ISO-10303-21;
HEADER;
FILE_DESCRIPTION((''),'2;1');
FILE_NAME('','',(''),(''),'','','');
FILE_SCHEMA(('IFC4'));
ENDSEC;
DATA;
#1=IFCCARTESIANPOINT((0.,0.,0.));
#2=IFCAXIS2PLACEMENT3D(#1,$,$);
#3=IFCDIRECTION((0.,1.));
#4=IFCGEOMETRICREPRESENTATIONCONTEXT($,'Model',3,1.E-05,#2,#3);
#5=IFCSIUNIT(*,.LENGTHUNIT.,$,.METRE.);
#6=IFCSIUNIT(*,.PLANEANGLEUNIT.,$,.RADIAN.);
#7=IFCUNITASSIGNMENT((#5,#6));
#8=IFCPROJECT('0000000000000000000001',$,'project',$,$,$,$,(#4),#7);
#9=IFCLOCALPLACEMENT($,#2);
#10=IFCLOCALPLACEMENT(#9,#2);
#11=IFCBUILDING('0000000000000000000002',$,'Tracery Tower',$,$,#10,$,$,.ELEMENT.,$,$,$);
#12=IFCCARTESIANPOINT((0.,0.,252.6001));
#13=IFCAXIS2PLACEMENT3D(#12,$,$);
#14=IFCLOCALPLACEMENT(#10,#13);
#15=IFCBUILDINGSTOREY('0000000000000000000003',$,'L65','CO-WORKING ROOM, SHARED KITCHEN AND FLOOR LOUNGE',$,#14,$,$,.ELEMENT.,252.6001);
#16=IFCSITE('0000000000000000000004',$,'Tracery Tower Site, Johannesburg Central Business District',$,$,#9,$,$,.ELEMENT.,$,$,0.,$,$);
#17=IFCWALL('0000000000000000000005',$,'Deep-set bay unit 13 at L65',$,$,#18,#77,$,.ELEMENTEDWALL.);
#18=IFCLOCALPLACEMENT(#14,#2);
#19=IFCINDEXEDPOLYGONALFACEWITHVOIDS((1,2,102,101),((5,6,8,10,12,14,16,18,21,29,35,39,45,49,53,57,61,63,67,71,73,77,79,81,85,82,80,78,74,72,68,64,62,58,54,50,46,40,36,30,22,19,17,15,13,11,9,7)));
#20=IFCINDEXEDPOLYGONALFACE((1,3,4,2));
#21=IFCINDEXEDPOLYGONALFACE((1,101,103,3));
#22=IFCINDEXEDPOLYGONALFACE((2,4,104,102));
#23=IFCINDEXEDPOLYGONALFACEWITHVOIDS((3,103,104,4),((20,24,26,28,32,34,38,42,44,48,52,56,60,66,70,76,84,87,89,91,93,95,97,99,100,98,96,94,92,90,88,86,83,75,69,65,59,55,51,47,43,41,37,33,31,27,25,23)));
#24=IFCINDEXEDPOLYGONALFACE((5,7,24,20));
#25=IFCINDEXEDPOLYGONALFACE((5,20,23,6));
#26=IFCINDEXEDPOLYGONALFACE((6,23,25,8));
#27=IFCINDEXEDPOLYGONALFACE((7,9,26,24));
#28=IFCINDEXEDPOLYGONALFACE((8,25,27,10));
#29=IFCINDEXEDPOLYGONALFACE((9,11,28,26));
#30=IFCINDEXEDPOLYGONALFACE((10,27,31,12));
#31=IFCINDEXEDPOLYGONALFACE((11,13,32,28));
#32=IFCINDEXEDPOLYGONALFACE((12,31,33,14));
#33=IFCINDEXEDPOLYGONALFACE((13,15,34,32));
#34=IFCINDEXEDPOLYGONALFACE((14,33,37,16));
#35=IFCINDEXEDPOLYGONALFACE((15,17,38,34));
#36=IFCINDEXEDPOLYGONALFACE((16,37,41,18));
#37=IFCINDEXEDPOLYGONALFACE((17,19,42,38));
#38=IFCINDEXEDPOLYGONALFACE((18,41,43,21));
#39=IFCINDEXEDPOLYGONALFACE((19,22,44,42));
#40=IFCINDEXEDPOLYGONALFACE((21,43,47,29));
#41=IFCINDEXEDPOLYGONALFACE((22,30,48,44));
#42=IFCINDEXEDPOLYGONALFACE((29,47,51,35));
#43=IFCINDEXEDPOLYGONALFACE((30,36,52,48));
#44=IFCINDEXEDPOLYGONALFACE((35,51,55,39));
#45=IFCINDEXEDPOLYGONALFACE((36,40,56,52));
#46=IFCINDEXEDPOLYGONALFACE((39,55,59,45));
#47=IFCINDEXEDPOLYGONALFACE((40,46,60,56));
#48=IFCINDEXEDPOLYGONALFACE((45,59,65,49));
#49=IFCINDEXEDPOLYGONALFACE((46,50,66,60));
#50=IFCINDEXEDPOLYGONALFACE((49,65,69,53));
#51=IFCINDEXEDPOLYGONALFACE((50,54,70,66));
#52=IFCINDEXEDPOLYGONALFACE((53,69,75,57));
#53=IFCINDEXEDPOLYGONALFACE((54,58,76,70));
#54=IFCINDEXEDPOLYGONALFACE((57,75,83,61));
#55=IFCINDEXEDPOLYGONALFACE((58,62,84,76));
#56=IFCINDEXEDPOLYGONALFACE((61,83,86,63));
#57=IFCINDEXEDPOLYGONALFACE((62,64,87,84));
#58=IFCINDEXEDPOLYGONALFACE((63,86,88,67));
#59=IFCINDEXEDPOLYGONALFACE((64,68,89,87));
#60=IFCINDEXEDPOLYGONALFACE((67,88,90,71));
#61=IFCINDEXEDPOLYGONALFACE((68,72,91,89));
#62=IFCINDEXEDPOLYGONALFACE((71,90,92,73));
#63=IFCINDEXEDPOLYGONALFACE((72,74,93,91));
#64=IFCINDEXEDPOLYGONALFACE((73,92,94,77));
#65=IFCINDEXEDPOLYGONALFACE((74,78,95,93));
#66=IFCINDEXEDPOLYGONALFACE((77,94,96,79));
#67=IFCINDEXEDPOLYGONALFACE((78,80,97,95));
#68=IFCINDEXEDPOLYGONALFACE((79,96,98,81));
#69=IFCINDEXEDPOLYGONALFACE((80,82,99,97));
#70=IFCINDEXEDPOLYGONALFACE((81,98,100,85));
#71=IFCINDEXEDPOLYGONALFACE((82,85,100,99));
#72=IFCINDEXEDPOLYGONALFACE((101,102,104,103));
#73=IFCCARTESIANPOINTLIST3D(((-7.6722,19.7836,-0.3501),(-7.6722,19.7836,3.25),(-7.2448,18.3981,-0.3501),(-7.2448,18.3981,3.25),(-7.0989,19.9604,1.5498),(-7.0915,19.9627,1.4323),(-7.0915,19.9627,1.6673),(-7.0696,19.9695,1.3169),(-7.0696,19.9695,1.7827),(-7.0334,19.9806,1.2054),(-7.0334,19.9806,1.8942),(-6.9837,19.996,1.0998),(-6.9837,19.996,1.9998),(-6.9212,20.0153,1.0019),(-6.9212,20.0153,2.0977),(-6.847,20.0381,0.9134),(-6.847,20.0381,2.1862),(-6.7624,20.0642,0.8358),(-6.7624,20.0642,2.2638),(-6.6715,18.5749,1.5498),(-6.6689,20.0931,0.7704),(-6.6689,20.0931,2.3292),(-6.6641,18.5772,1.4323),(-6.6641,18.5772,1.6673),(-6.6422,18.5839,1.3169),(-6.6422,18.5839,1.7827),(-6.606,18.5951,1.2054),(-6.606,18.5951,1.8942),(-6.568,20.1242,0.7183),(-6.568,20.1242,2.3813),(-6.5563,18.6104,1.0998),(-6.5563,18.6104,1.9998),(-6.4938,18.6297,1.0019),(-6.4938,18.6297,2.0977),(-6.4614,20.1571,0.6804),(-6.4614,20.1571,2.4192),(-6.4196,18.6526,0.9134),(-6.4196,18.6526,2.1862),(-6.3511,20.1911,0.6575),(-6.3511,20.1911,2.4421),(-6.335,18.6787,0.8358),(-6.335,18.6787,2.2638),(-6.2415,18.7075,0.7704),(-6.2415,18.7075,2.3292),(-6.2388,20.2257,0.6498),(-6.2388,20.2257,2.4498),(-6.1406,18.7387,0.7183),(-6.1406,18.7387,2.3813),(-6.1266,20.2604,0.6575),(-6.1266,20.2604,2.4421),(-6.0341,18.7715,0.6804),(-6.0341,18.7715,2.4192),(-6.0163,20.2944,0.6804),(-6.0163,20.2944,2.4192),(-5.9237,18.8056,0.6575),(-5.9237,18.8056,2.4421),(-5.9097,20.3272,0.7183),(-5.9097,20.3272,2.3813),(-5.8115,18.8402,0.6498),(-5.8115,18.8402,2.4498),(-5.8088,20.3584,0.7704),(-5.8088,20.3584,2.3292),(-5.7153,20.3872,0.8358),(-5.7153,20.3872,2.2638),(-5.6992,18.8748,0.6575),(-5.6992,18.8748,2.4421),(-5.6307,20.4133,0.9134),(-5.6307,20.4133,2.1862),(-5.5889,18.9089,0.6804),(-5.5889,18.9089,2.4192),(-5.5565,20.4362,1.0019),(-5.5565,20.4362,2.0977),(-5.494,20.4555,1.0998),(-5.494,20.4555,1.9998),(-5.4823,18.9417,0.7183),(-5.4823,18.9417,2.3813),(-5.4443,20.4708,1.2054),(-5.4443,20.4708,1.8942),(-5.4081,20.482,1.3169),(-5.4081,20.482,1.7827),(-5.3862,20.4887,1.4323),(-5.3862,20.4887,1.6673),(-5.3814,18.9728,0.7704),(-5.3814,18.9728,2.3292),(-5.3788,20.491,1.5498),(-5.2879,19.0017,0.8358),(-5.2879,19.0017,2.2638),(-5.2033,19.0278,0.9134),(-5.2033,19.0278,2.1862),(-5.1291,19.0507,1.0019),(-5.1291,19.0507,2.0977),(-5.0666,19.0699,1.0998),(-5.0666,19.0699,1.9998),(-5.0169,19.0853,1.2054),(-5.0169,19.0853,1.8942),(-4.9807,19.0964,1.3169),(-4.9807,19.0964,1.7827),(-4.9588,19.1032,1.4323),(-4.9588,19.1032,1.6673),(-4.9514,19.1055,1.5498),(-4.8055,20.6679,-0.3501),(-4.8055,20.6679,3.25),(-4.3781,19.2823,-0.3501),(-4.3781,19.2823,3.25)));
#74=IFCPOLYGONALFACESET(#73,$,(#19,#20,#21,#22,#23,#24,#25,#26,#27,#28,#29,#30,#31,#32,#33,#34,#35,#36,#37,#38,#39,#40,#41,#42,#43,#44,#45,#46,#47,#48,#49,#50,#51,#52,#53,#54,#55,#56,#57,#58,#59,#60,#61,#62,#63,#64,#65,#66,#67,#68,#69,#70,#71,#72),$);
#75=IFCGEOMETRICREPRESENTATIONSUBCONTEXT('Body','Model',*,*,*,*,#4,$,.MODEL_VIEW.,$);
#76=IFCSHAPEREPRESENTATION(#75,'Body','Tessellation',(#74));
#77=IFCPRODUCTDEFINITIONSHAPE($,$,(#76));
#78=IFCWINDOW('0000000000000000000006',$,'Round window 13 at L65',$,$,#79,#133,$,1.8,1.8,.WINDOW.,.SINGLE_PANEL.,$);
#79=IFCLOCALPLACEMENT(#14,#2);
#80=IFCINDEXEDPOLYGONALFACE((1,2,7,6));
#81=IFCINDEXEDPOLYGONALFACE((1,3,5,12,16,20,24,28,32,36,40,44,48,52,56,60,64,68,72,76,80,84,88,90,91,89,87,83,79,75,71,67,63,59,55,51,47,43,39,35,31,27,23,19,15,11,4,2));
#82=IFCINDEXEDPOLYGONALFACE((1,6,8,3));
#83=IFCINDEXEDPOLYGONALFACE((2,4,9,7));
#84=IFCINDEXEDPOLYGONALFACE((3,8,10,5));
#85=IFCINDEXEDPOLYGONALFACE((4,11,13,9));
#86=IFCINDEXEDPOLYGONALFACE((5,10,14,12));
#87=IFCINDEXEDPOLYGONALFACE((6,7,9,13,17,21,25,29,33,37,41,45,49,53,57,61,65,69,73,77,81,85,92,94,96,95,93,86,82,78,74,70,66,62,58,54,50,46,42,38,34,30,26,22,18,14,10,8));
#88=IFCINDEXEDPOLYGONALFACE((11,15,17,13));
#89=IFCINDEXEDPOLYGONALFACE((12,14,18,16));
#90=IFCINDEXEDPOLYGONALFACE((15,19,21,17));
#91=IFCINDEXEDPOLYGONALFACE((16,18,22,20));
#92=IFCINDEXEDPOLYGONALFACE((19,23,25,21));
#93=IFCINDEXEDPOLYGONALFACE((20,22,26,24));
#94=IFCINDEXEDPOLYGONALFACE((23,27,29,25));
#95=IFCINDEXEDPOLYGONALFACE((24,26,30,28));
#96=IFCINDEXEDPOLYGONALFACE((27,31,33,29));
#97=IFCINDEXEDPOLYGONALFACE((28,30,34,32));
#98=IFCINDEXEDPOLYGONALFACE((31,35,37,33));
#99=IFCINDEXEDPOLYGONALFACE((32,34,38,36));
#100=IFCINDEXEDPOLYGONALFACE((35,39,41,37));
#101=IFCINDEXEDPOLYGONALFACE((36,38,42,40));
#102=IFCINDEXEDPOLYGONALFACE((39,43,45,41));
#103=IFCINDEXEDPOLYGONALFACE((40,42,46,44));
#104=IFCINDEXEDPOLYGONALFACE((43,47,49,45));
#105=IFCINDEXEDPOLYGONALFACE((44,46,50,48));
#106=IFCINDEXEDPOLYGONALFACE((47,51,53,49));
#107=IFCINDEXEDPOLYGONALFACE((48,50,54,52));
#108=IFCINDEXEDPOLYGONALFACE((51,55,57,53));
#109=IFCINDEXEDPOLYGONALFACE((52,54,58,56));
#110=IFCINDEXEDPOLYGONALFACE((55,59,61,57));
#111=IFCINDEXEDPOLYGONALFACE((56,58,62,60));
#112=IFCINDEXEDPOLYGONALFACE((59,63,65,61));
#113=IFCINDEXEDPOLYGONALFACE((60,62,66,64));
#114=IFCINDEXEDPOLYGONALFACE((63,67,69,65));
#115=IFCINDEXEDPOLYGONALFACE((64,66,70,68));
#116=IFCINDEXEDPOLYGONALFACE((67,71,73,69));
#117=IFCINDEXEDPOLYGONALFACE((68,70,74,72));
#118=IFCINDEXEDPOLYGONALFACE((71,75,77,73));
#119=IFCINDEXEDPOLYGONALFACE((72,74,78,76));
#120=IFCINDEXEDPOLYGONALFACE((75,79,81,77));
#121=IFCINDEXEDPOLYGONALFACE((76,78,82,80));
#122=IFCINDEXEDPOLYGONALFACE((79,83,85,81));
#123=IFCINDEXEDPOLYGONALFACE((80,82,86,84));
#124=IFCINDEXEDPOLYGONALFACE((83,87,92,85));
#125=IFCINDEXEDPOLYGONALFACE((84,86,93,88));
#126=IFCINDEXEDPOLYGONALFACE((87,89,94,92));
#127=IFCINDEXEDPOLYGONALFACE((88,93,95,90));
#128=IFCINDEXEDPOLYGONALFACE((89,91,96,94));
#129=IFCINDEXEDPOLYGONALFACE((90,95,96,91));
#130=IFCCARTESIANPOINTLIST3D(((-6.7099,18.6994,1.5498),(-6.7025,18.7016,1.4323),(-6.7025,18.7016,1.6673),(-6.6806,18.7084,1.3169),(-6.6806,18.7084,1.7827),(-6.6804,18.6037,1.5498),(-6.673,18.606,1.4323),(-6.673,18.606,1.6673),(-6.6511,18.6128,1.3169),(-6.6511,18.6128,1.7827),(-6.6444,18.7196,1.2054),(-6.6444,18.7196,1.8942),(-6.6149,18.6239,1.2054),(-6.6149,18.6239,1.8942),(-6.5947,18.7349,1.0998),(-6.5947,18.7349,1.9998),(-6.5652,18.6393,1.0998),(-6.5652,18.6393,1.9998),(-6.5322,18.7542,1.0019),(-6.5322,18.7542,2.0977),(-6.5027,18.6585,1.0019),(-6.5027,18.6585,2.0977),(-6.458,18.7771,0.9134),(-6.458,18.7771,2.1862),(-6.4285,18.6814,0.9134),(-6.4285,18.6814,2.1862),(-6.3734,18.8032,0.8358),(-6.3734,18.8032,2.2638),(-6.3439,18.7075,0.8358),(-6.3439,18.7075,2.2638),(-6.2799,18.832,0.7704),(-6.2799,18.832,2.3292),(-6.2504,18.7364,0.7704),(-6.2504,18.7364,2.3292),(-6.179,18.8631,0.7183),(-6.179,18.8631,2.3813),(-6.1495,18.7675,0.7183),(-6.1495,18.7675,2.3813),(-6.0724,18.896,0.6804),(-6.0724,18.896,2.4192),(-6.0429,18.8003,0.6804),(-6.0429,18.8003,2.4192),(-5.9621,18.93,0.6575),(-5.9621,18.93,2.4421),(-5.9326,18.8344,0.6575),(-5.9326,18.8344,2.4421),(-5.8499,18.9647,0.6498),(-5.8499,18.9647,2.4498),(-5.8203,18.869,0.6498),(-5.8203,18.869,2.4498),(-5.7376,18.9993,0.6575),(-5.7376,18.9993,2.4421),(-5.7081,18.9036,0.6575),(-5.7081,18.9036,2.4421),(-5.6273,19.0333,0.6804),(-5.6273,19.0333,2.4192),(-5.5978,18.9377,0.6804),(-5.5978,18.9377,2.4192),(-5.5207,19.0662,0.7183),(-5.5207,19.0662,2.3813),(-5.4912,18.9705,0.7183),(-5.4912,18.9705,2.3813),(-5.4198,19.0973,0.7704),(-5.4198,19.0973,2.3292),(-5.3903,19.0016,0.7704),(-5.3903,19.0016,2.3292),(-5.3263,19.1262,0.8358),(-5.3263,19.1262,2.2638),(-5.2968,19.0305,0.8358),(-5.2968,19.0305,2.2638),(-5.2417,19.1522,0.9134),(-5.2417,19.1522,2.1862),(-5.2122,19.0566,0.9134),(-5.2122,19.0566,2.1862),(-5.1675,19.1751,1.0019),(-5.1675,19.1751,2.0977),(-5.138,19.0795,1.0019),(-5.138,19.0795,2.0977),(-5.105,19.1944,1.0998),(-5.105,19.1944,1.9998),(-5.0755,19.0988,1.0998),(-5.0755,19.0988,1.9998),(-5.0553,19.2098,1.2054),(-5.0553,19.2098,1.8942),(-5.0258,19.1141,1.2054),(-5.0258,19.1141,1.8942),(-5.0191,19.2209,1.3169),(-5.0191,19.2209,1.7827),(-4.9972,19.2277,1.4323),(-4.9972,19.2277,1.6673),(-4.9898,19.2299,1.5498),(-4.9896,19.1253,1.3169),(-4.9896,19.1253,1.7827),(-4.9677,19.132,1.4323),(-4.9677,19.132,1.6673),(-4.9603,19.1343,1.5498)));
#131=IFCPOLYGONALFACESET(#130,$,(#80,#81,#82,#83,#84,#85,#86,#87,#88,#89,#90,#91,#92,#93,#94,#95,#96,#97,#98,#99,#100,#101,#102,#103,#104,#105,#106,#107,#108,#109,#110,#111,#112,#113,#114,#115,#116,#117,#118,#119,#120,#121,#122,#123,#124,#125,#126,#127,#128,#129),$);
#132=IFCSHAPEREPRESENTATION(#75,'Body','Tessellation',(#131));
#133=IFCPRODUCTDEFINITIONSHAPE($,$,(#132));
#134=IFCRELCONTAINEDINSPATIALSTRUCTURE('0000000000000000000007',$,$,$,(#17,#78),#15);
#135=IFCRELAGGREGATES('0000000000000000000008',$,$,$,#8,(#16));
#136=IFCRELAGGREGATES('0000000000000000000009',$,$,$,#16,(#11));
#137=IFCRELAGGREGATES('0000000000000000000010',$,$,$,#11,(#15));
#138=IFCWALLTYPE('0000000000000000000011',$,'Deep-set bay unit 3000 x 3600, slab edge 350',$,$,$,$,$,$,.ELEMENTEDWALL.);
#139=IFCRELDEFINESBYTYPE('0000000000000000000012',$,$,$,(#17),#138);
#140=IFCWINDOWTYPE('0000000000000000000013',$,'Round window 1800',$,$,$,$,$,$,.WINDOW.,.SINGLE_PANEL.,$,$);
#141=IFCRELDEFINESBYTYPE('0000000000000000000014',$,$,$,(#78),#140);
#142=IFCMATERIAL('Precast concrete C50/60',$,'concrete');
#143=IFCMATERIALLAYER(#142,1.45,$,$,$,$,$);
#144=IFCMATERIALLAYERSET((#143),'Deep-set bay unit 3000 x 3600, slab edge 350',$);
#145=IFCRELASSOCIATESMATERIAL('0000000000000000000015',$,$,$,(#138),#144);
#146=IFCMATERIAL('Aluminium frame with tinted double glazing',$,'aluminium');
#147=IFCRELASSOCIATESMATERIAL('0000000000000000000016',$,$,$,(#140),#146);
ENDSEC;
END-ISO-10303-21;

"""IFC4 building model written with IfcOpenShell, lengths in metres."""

from ifc_helpers import new_model, si_unit, direction, frame, frame_2d, origin, origin_2d, place, context, subcontext, project, spatial, rectangle, circle, extrude, material, layer, layer_set, type_object, element, fill, save


model = new_model("IFC4")

# Units and contexts
model_context = context("Model", 3, precision=1e-05, world=origin(), true_north=direction((0.0, 1.0)))
body_context = subcontext(model_context, "Body", "Model", "MODEL_VIEW")
ifc_project = project(units=[si_unit("LENGTHUNIT", "METRE"), si_unit("PLANEANGLEUNIT", "RADIAN")], contexts=[model_context])

# Site, building, storey
site_placement = place(None, origin())
site = spatial("IfcSite", under=ifc_project, at=site_placement, Name="Tracery Tower Site, Johannesburg Central Business District", CompositionType="ELEMENT", RefElevation=0.0)
building_placement = place(site_placement, origin())
building = spatial("IfcBuilding", under=site, at=building_placement, Name="Tracery Tower", CompositionType="ELEMENT")
storey_placement = place(building_placement, frame((0.0, 0.0, 252.6001)))
storey = spatial("IfcBuildingStorey", under=building, at=storey_placement, Name="L65", Description="CO-WORKING ROOM, SHARED KITCHEN AND FLOOR LOUNGE", CompositionType="ELEMENT", Elevation=252.6001)

# Wall, opening, window
ifc_material_1 = material(Name="Precast concrete C50/60", Category="concrete")
ifc_layer_1 = layer(ifc_material_1, 1.45)
ifc_layer_set_1 = layer_set([ifc_layer_1], Name="Deep-set bay unit 3000 x 3600, slab edge 350")
wall_type_1 = type_object("IfcWallType", Name="Deep-set bay unit 3000 x 3600, slab edge 350", PredefinedType="ELEMENTEDWALL", material=ifc_layer_set_1)
wall_1_placement = place(storey_placement, frame((-4.5918, 19.9751, -0.3501), z_axis=(0.0, 0.0, 1.0), x_axis=(-0.955571, -0.294761, 0.0)))
wall_1 = element("IfcWall", 1, at=wall_1_placement, inside=storey, type_object=wall_type_1, Name="Deep-set bay unit 13 at L65", PredefinedType="ELEMENTEDWALL", context=body_context, shape_type="SweptSolid", body=[
    extrude(rectangle(XDim=3.0, YDim=1.45, at=frame_2d((1.5, 0.0))), origin(), (0.0, 0.0, 1.0), 3.6001),
])
opening_1_placement = place(wall_1_placement, frame((1.5, 0.0, 1.8999)))
opening_1 = element("IfcOpeningElement", 2, at=opening_1_placement, cuts=wall_1, PredefinedType="OPENING", context=body_context, shape_type="SweptSolid", body=[
    extrude(circle(Radius=0.9, at=origin_2d()), frame((0.0, 0.7349, 0.0), z_axis=(0.0, -1.0, 0.0), x_axis=(1.0, 0.0, 0.0)), (0.0, 0.0, 1.0), 1.47),
])
ifc_material_2 = material(Name="Aluminium frame with tinted double glazing", Category="aluminium")
window_type = type_object("IfcWindowType", Name="Round window 1800", PartitioningType="SINGLE_PANEL", PredefinedType="WINDOW", material=ifc_material_2)
window_1_placement = place(opening_1_placement, origin())
window_1 = element("IfcWindow", 3, at=window_1_placement, inside=storey, type_object=window_type, Name="Round window 13 at L65", OverallHeight=1.8, OverallWidth=1.8, PartitioningType="SINGLE_PANEL", PredefinedType="WINDOW", context=body_context, shape_type="SweptSolid", body=[
    extrude(circle(Radius=0.9, at=origin_2d()), frame((0.0, 0.6948, 0.0), z_axis=(0.0, -1.0, 0.0), x_axis=(1.0, 0.0, 0.0)), (0.0, 0.0, 1.0), 0.1001),
])
fill(opening_1, window_1)

save(model, "model.ifc")
